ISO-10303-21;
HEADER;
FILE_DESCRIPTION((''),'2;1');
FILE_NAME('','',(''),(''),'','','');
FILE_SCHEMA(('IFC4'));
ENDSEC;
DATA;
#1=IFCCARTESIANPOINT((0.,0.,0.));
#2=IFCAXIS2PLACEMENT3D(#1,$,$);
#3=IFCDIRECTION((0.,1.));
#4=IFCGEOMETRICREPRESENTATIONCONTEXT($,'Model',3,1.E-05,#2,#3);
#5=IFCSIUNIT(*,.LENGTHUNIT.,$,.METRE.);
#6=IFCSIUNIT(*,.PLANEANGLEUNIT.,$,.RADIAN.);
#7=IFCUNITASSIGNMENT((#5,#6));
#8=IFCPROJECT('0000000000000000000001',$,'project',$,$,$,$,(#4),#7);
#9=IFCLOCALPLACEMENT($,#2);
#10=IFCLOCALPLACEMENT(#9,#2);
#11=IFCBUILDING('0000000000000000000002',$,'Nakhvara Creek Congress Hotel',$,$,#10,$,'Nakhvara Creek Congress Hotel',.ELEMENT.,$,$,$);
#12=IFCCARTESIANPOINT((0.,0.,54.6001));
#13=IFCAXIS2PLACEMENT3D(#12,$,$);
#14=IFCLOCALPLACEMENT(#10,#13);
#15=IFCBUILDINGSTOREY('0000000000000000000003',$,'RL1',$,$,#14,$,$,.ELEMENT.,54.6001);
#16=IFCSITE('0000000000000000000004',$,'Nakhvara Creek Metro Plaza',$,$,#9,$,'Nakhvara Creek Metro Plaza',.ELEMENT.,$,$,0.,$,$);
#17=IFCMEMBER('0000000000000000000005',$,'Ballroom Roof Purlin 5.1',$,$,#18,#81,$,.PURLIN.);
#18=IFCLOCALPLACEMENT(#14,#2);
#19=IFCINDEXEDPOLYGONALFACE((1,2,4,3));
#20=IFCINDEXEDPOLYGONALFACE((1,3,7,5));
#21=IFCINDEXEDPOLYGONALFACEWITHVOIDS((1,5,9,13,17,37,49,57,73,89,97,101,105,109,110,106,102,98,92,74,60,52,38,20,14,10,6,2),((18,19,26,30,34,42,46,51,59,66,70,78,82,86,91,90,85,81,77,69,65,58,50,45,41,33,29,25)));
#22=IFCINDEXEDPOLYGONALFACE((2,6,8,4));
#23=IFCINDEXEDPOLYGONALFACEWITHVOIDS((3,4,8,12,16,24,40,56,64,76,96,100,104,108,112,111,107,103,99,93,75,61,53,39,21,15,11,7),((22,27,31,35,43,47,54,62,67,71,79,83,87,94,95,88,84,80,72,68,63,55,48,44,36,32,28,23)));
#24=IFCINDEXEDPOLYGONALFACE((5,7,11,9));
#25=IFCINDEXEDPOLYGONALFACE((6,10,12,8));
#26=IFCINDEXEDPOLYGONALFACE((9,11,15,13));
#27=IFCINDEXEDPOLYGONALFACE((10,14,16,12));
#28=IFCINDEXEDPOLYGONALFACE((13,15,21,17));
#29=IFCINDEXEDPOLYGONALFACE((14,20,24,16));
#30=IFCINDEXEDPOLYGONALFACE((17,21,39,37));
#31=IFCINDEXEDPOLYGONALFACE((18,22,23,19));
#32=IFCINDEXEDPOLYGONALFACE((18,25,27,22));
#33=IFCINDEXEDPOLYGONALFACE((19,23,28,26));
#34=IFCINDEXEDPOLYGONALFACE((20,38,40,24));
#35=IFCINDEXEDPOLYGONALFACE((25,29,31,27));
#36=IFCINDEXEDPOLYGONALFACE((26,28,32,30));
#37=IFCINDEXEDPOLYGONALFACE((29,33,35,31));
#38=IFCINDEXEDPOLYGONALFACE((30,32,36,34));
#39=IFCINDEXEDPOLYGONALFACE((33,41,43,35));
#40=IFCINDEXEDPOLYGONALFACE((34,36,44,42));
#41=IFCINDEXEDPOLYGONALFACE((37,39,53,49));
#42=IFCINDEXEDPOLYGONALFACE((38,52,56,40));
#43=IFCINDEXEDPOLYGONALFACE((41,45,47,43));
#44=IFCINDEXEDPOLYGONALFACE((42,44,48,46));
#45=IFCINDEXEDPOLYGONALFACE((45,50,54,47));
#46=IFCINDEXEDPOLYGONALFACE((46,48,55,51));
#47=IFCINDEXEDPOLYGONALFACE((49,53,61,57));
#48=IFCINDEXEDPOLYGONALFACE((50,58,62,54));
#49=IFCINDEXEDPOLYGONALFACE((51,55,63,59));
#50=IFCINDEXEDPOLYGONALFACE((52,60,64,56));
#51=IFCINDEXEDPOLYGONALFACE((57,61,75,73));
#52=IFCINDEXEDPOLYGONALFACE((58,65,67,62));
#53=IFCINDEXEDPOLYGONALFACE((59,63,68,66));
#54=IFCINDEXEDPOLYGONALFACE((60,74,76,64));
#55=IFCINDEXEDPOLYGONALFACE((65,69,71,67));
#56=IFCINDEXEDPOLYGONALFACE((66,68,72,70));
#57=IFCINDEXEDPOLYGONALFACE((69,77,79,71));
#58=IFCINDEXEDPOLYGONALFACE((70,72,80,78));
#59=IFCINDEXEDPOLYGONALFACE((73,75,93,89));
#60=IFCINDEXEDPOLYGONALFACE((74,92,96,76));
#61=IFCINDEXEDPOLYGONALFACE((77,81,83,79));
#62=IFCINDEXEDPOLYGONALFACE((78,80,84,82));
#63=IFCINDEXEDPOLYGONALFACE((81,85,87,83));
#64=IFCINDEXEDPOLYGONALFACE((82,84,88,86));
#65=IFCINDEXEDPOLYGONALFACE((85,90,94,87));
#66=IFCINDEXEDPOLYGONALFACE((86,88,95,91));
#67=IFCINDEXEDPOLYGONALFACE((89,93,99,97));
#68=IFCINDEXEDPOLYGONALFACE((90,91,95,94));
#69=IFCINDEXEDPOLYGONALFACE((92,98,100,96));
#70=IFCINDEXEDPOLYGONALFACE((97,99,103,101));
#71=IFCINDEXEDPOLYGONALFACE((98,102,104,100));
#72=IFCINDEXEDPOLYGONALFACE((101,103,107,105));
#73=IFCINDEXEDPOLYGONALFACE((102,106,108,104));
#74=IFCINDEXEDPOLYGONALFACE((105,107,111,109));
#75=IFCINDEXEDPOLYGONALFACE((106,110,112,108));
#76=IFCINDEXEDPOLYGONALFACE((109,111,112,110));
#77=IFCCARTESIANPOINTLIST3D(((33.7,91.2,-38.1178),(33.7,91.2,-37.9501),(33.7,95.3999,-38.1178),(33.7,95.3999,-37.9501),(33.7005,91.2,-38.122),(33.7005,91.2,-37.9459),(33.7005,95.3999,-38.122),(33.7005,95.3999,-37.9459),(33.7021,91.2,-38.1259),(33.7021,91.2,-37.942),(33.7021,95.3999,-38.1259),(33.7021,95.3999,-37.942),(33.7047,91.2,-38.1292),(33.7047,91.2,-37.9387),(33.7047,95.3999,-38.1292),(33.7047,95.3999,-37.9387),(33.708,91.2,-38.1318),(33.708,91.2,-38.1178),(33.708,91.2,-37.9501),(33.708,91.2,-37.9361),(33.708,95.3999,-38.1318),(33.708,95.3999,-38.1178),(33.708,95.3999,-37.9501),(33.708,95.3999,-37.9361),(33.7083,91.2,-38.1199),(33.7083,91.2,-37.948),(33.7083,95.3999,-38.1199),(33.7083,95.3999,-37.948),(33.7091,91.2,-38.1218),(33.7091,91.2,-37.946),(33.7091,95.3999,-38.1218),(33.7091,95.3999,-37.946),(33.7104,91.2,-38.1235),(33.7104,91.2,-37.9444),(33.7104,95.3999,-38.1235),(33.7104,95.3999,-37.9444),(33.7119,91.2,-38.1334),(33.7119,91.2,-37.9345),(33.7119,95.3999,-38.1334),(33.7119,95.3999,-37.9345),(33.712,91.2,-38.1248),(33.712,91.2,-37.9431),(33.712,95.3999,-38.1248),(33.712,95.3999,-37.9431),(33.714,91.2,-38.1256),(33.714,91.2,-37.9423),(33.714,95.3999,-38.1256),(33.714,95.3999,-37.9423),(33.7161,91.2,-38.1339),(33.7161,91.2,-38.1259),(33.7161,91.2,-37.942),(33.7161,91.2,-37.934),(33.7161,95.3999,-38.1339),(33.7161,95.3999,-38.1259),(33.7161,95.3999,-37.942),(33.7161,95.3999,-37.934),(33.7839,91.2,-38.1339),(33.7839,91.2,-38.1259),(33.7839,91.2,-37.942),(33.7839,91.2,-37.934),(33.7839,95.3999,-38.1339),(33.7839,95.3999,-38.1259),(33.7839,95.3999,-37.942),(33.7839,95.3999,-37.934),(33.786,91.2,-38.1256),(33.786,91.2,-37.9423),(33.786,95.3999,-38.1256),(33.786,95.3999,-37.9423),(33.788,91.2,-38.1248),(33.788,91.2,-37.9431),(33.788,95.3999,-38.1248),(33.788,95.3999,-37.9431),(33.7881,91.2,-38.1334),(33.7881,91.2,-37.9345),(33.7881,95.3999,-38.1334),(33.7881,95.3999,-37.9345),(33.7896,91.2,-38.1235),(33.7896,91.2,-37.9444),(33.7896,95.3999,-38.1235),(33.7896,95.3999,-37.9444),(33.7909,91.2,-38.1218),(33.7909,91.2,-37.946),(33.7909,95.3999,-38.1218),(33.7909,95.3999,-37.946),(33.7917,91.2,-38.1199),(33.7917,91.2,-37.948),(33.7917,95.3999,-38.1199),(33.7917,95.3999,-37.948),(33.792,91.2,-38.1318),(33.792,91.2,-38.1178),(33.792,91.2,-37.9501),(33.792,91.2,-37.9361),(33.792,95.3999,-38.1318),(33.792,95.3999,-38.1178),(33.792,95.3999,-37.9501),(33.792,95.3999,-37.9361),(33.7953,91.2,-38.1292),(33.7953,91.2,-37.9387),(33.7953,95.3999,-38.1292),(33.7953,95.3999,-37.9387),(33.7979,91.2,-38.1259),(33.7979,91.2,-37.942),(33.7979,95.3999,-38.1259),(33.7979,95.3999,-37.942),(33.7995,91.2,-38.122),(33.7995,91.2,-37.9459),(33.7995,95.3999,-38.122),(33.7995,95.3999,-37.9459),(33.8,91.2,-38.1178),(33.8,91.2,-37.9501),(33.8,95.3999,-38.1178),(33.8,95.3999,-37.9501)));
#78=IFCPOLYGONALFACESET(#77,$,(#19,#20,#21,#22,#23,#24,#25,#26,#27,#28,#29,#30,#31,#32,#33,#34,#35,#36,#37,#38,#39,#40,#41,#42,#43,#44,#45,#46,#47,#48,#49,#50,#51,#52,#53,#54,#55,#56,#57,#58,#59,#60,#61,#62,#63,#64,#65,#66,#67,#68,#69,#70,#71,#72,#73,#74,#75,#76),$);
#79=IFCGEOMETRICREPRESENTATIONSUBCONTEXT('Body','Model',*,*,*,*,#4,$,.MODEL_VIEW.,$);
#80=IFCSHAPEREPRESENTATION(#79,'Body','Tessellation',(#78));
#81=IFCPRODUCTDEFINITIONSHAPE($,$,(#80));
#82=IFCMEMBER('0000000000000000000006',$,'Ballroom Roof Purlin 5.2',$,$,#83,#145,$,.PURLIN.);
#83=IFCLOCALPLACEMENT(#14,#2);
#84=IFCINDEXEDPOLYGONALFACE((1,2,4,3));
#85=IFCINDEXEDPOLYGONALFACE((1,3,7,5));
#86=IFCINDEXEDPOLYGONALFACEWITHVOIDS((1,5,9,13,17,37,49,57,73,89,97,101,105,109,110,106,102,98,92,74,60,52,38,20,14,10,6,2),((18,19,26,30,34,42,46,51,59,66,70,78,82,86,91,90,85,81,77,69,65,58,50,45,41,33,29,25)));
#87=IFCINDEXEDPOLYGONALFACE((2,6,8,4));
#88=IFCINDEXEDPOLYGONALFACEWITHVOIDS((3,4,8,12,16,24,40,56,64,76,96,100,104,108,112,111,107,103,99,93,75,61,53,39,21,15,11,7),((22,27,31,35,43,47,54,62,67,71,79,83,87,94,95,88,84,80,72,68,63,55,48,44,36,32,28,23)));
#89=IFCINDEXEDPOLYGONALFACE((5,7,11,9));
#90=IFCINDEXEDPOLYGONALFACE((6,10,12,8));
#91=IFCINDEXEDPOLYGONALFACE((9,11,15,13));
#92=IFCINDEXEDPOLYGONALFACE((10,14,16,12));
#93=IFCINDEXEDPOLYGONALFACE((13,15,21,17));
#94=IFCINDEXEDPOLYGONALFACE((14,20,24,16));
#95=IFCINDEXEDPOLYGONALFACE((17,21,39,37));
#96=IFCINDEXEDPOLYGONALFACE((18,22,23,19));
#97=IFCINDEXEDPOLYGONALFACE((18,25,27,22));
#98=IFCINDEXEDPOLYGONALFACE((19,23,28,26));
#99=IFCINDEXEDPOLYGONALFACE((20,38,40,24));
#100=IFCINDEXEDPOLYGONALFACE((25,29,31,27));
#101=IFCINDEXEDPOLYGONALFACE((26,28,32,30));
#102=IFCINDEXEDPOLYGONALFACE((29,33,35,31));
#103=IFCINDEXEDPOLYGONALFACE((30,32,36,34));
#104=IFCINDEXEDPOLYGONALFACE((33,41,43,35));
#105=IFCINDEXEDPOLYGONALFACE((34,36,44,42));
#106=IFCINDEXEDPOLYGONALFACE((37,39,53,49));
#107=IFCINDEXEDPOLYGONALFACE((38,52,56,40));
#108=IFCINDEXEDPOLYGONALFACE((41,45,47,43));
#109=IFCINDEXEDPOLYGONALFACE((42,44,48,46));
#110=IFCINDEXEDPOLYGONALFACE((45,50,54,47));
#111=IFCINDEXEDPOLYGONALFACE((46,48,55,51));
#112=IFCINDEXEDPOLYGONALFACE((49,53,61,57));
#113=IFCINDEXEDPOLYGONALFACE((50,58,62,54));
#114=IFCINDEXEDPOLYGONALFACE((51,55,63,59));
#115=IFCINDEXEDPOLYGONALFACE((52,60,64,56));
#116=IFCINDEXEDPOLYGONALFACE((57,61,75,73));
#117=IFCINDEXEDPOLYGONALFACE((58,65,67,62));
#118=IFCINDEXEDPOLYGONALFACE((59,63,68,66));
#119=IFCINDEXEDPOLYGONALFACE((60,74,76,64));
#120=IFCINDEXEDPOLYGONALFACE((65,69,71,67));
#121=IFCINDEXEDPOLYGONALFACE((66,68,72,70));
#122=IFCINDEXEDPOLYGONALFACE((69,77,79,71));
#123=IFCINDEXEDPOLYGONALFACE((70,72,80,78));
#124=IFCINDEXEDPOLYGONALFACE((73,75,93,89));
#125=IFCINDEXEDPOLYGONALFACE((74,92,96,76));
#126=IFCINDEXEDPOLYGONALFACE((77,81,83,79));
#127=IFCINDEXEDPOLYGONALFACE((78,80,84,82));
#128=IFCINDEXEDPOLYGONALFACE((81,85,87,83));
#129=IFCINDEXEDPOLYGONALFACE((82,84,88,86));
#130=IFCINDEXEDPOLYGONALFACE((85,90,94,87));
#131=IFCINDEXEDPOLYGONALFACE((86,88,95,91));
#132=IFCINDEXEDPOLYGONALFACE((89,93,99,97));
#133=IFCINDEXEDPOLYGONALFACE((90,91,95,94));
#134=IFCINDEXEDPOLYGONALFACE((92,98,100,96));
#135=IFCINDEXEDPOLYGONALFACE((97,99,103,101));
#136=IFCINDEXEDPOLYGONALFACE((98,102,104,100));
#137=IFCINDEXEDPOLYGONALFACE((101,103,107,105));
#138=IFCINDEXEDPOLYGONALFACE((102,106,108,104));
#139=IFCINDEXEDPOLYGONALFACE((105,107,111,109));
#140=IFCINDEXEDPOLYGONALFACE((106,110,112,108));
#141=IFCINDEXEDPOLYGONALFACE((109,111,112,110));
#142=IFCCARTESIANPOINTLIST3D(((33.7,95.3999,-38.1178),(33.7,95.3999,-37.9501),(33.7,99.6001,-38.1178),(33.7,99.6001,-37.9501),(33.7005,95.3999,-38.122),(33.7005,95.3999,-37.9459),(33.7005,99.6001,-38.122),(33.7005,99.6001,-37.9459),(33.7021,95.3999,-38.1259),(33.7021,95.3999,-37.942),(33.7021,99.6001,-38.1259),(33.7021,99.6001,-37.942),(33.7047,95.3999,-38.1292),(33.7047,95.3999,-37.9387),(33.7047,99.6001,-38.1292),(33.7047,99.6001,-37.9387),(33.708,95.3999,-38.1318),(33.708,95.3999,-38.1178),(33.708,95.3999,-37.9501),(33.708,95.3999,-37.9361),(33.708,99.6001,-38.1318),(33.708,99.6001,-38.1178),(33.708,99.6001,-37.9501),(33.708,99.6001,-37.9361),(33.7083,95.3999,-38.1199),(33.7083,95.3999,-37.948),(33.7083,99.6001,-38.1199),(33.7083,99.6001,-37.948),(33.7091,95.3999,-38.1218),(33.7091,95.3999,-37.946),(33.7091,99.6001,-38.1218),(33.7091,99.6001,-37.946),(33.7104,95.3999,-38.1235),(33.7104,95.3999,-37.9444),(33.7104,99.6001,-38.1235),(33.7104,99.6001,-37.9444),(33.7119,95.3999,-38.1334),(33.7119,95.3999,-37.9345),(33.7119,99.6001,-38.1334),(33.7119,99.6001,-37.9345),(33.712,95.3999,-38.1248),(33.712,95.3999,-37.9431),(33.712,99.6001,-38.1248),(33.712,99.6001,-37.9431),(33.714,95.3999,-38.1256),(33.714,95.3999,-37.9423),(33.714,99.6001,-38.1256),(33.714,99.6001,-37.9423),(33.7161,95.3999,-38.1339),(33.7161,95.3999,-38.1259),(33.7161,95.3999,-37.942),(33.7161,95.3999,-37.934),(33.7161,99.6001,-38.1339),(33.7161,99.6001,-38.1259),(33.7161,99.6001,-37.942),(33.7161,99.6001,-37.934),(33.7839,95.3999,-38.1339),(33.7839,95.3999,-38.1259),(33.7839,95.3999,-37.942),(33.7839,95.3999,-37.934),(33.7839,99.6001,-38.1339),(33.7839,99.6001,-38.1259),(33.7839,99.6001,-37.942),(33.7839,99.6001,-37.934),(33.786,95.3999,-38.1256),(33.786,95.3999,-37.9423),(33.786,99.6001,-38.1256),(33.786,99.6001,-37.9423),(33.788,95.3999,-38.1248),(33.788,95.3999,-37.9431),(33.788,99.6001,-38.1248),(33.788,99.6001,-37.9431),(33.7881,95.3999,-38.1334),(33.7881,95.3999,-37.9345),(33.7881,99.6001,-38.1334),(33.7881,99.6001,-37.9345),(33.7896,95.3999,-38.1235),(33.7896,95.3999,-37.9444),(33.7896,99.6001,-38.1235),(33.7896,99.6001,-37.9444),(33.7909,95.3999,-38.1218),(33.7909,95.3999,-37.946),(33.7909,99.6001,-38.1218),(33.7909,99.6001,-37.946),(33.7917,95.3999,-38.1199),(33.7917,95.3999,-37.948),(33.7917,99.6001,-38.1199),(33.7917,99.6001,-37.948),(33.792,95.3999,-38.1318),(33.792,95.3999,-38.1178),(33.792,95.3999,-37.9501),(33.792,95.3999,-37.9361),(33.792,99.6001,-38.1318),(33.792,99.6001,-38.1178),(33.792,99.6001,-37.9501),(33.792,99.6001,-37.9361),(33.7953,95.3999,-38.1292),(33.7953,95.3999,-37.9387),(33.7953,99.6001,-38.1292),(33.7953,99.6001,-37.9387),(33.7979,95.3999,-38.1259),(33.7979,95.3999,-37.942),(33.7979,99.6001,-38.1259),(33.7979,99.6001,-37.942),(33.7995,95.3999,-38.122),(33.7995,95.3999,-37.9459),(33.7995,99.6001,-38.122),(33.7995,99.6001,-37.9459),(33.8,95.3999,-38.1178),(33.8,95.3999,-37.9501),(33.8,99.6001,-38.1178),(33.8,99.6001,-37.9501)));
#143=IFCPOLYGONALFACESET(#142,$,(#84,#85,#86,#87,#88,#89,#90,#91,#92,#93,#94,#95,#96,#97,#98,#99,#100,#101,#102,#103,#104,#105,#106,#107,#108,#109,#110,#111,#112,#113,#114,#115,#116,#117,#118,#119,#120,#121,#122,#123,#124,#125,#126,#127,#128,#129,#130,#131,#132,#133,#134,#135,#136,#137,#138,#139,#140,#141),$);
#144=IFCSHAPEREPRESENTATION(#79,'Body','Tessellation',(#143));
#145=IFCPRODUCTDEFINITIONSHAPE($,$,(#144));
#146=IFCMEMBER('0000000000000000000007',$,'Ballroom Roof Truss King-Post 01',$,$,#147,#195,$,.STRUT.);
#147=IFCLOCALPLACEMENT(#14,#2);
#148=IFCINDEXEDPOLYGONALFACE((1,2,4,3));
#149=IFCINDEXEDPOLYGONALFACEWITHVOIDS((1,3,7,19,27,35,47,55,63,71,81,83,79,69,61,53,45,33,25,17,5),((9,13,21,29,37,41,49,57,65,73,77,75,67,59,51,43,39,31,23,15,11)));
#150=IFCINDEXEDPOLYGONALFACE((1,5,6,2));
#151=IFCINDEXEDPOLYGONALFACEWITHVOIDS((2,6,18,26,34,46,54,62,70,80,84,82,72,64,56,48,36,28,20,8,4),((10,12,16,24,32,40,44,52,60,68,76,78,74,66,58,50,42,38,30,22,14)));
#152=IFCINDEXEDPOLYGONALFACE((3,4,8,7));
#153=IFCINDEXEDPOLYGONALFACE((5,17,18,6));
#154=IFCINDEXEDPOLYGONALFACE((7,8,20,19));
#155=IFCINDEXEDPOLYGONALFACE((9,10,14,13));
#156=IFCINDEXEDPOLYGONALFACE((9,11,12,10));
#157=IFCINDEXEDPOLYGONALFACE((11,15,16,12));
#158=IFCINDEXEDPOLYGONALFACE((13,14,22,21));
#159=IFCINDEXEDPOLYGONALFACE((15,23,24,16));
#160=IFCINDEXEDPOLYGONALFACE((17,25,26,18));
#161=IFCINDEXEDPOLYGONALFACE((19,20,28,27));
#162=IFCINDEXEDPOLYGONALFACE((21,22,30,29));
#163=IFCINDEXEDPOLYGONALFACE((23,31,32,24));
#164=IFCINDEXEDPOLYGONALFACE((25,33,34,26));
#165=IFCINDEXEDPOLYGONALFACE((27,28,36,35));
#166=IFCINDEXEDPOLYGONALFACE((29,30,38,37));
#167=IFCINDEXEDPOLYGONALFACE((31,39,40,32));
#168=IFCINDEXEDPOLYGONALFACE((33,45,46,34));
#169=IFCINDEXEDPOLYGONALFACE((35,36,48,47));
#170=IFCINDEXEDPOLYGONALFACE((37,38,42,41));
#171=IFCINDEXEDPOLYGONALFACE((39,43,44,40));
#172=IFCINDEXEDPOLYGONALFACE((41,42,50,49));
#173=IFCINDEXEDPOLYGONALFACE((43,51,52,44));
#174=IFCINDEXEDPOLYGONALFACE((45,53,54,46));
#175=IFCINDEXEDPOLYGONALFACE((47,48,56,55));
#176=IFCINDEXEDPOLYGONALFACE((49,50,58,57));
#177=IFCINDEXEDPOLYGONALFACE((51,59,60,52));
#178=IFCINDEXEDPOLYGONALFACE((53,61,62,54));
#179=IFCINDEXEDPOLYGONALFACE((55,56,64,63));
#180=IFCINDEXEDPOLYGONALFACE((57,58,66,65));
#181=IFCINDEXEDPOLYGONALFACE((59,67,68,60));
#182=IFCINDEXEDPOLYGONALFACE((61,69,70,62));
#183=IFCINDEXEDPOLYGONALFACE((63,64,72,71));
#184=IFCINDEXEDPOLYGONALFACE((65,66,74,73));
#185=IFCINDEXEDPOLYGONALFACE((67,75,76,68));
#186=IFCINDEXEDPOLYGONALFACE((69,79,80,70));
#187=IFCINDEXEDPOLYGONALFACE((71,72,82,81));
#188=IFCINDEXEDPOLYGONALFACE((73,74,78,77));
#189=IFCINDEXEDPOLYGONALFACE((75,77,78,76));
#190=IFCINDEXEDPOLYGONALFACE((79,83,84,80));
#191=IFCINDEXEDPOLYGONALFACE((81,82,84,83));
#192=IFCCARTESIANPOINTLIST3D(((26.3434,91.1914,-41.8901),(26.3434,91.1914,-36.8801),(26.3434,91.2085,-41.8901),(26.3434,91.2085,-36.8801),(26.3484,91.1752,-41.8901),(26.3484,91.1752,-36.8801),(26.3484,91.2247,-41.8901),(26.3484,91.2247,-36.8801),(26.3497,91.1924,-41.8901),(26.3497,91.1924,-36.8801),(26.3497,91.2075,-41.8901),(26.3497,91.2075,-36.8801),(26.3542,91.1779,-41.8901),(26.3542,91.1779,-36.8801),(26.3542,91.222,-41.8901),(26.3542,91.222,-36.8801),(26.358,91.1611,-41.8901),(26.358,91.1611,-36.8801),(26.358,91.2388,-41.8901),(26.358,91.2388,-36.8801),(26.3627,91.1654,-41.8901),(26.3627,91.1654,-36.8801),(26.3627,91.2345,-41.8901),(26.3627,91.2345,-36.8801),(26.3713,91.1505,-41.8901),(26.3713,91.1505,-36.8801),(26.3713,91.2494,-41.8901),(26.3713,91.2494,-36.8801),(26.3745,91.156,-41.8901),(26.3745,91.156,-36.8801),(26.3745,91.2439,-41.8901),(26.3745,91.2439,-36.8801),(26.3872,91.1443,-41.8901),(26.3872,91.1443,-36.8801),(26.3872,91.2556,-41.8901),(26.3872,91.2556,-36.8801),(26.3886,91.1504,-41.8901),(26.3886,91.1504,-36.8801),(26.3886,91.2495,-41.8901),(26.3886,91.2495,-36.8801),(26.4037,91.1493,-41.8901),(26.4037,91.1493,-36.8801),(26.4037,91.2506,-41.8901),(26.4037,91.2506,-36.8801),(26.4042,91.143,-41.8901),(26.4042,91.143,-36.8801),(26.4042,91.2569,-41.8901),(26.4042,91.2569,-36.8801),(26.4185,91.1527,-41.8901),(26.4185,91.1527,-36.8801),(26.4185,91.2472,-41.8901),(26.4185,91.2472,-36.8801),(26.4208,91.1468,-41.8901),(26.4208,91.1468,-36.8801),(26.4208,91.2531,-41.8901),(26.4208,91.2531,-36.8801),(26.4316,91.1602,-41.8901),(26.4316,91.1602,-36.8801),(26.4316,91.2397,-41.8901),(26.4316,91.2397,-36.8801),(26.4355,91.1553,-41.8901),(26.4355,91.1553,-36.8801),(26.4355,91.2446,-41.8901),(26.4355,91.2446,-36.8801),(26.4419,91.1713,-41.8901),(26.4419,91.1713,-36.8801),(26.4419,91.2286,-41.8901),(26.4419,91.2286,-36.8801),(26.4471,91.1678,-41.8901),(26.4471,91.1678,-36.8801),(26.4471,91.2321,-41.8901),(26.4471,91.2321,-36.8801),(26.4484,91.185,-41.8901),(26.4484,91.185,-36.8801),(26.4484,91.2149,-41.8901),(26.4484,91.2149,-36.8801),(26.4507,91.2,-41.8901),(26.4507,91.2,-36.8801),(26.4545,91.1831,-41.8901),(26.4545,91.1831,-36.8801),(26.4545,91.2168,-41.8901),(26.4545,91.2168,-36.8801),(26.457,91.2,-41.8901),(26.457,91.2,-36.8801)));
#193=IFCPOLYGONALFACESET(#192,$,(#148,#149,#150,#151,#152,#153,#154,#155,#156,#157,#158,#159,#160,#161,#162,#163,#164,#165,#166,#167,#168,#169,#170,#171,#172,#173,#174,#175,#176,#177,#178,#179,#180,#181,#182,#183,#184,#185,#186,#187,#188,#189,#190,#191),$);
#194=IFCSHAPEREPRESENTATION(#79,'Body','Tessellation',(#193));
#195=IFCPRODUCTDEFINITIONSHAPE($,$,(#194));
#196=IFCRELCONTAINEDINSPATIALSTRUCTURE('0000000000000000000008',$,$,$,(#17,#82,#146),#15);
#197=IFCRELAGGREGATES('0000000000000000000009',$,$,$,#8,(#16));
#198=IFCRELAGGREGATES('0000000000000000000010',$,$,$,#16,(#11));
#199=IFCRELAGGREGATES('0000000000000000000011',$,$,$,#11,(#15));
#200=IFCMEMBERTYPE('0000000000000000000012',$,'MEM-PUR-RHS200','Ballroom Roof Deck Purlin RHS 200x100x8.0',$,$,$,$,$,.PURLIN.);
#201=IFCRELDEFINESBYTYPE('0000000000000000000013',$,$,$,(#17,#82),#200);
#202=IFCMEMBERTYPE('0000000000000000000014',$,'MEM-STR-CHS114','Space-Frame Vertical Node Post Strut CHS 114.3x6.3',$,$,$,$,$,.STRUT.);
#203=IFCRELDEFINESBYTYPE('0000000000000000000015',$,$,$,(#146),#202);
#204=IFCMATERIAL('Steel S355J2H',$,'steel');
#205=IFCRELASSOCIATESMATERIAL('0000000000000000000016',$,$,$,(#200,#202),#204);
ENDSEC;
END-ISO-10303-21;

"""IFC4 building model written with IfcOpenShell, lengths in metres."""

from ifc_helpers import new_model, si_unit, direction, frame, origin, origin_2d, place, context, subcontext, project, spatial, hollow_rectangle, hollow_circle, extrude, material, material_profile, profile_set, type_object, element, save


model = new_model("IFC4")

# Units and contexts
model_context = context("Model", 3, precision=1e-05, world=origin(), true_north=direction((0.0, 1.0)))
body_context = subcontext(model_context, "Body", "Model", "MODEL_VIEW")
ifc_project = project(units=[si_unit("LENGTHUNIT", "METRE"), si_unit("PLANEANGLEUNIT", "RADIAN")], contexts=[model_context])

# Site, building, storey
site_placement = place(None, origin())
site = spatial("IfcSite", under=ifc_project, at=site_placement, Name="Nakhvara Creek Metro Plaza", LongName="Nakhvara Creek Metro Plaza", CompositionType="ELEMENT", RefElevation=0.0)
building_placement = place(site_placement, origin())
building = spatial("IfcBuilding", under=site, at=building_placement, Name="Nakhvara Creek Congress Hotel", LongName="Nakhvara Creek Congress Hotel", CompositionType="ELEMENT")
storey_placement = place(building_placement, frame((0.0, 0.0, 54.6001)))
storey = spatial("IfcBuildingStorey", under=building, at=storey_placement, Name="RL1", CompositionType="ELEMENT", Elevation=54.6001)

# Members
ifc_material_1 = material(Name="Steel S355J2H", Category="steel")
ifc_material_profile_1 = material_profile(ifc_material_1, hollow_rectangle(XDim=0.1001, YDim=0.2, WallThickness=0.0081, InnerFilletRadius=0.0081, OuterFilletRadius=0.0161, at=origin_2d()), Name="RHS 200x100x8.0", Category="LoadBearing")
ifc_profile_set_1 = profile_set([ifc_material_profile_1], Name="Steel S355J2H")
member_type_1 = type_object("IfcMemberType", Name="MEM-PUR-RHS200", Description="Ballroom Roof Deck Purlin RHS 200x100x8.0", PredefinedType="PURLIN", material=ifc_profile_set_1)
for number, where, z_axis, x_axis, name in (
    (1, (33.75, 91.2, -38.0339), (0.0, 1.0, 0.0), (-1.0, 0.0, 0.0), "Ballroom Roof Purlin 5.1"),
):
    element("IfcMember", number, at=place(storey_placement, frame(where, z_axis=z_axis, x_axis=x_axis)), inside=storey, type_object=member_type_1, Name=name, PredefinedType="PURLIN", context=body_context, shape_type="SweptSolid", body=[
        extrude(hollow_rectangle(XDim=0.1001, YDim=0.2, WallThickness=0.0081, InnerFilletRadius=0.0081, OuterFilletRadius=0.0161, at=origin_2d()), origin(), (0.0, 0.0, 1.0), 4.2),
    ])
member_1_placement = place(storey_placement, frame((33.75, 95.3999, -38.0339), z_axis=(0.0, 1.0, 0.0), x_axis=(-1.0, 0.0, 0.0)))
element("IfcMember", 2, at=member_1_placement, inside=storey, type_object=member_type_1, Name="Ballroom Roof Purlin 5.2", PredefinedType="PURLIN", context=body_context, shape_type="SweptSolid", body=[
    extrude(hollow_rectangle(XDim=0.1001, YDim=0.2, WallThickness=0.0081, InnerFilletRadius=0.0081, OuterFilletRadius=0.0161, at=origin_2d()), origin(), (0.0, 0.0, 1.0), 4.2002),
])
ifc_material_profile_2 = material_profile(ifc_material_1, hollow_circle(Radius=0.0571, WallThickness=0.0063, at=origin_2d()), Name="CHS 114.3x6.3", Category="LoadBearing")
ifc_profile_set_2 = profile_set([ifc_material_profile_2], Name="Steel S355J2H")
member_type_2 = type_object("IfcMemberType", Name="MEM-STR-CHS114", Description="Space-Frame Vertical Node Post Strut CHS 114.3x6.3", PredefinedType="STRUT", material=ifc_profile_set_2)
for number, where, z_axis, x_axis, name in (
    (3, (26.3999, 91.2, -41.8901), (0.0, 0.0, 1.0), (1.0, 0.0, 0.0), "Ballroom Roof Truss King-Post 01"),
):
    element("IfcMember", number, at=place(storey_placement, frame(where, z_axis=z_axis, x_axis=x_axis)), inside=storey, type_object=member_type_2, Name=name, PredefinedType="STRUT", context=body_context, shape_type="SweptSolid", body=[
        extrude(hollow_circle(Radius=0.0571, WallThickness=0.0063, at=origin_2d()), origin(), (0.0, 0.0, 1.0), 5.01),
    ])

save(model, "model.ifc")
